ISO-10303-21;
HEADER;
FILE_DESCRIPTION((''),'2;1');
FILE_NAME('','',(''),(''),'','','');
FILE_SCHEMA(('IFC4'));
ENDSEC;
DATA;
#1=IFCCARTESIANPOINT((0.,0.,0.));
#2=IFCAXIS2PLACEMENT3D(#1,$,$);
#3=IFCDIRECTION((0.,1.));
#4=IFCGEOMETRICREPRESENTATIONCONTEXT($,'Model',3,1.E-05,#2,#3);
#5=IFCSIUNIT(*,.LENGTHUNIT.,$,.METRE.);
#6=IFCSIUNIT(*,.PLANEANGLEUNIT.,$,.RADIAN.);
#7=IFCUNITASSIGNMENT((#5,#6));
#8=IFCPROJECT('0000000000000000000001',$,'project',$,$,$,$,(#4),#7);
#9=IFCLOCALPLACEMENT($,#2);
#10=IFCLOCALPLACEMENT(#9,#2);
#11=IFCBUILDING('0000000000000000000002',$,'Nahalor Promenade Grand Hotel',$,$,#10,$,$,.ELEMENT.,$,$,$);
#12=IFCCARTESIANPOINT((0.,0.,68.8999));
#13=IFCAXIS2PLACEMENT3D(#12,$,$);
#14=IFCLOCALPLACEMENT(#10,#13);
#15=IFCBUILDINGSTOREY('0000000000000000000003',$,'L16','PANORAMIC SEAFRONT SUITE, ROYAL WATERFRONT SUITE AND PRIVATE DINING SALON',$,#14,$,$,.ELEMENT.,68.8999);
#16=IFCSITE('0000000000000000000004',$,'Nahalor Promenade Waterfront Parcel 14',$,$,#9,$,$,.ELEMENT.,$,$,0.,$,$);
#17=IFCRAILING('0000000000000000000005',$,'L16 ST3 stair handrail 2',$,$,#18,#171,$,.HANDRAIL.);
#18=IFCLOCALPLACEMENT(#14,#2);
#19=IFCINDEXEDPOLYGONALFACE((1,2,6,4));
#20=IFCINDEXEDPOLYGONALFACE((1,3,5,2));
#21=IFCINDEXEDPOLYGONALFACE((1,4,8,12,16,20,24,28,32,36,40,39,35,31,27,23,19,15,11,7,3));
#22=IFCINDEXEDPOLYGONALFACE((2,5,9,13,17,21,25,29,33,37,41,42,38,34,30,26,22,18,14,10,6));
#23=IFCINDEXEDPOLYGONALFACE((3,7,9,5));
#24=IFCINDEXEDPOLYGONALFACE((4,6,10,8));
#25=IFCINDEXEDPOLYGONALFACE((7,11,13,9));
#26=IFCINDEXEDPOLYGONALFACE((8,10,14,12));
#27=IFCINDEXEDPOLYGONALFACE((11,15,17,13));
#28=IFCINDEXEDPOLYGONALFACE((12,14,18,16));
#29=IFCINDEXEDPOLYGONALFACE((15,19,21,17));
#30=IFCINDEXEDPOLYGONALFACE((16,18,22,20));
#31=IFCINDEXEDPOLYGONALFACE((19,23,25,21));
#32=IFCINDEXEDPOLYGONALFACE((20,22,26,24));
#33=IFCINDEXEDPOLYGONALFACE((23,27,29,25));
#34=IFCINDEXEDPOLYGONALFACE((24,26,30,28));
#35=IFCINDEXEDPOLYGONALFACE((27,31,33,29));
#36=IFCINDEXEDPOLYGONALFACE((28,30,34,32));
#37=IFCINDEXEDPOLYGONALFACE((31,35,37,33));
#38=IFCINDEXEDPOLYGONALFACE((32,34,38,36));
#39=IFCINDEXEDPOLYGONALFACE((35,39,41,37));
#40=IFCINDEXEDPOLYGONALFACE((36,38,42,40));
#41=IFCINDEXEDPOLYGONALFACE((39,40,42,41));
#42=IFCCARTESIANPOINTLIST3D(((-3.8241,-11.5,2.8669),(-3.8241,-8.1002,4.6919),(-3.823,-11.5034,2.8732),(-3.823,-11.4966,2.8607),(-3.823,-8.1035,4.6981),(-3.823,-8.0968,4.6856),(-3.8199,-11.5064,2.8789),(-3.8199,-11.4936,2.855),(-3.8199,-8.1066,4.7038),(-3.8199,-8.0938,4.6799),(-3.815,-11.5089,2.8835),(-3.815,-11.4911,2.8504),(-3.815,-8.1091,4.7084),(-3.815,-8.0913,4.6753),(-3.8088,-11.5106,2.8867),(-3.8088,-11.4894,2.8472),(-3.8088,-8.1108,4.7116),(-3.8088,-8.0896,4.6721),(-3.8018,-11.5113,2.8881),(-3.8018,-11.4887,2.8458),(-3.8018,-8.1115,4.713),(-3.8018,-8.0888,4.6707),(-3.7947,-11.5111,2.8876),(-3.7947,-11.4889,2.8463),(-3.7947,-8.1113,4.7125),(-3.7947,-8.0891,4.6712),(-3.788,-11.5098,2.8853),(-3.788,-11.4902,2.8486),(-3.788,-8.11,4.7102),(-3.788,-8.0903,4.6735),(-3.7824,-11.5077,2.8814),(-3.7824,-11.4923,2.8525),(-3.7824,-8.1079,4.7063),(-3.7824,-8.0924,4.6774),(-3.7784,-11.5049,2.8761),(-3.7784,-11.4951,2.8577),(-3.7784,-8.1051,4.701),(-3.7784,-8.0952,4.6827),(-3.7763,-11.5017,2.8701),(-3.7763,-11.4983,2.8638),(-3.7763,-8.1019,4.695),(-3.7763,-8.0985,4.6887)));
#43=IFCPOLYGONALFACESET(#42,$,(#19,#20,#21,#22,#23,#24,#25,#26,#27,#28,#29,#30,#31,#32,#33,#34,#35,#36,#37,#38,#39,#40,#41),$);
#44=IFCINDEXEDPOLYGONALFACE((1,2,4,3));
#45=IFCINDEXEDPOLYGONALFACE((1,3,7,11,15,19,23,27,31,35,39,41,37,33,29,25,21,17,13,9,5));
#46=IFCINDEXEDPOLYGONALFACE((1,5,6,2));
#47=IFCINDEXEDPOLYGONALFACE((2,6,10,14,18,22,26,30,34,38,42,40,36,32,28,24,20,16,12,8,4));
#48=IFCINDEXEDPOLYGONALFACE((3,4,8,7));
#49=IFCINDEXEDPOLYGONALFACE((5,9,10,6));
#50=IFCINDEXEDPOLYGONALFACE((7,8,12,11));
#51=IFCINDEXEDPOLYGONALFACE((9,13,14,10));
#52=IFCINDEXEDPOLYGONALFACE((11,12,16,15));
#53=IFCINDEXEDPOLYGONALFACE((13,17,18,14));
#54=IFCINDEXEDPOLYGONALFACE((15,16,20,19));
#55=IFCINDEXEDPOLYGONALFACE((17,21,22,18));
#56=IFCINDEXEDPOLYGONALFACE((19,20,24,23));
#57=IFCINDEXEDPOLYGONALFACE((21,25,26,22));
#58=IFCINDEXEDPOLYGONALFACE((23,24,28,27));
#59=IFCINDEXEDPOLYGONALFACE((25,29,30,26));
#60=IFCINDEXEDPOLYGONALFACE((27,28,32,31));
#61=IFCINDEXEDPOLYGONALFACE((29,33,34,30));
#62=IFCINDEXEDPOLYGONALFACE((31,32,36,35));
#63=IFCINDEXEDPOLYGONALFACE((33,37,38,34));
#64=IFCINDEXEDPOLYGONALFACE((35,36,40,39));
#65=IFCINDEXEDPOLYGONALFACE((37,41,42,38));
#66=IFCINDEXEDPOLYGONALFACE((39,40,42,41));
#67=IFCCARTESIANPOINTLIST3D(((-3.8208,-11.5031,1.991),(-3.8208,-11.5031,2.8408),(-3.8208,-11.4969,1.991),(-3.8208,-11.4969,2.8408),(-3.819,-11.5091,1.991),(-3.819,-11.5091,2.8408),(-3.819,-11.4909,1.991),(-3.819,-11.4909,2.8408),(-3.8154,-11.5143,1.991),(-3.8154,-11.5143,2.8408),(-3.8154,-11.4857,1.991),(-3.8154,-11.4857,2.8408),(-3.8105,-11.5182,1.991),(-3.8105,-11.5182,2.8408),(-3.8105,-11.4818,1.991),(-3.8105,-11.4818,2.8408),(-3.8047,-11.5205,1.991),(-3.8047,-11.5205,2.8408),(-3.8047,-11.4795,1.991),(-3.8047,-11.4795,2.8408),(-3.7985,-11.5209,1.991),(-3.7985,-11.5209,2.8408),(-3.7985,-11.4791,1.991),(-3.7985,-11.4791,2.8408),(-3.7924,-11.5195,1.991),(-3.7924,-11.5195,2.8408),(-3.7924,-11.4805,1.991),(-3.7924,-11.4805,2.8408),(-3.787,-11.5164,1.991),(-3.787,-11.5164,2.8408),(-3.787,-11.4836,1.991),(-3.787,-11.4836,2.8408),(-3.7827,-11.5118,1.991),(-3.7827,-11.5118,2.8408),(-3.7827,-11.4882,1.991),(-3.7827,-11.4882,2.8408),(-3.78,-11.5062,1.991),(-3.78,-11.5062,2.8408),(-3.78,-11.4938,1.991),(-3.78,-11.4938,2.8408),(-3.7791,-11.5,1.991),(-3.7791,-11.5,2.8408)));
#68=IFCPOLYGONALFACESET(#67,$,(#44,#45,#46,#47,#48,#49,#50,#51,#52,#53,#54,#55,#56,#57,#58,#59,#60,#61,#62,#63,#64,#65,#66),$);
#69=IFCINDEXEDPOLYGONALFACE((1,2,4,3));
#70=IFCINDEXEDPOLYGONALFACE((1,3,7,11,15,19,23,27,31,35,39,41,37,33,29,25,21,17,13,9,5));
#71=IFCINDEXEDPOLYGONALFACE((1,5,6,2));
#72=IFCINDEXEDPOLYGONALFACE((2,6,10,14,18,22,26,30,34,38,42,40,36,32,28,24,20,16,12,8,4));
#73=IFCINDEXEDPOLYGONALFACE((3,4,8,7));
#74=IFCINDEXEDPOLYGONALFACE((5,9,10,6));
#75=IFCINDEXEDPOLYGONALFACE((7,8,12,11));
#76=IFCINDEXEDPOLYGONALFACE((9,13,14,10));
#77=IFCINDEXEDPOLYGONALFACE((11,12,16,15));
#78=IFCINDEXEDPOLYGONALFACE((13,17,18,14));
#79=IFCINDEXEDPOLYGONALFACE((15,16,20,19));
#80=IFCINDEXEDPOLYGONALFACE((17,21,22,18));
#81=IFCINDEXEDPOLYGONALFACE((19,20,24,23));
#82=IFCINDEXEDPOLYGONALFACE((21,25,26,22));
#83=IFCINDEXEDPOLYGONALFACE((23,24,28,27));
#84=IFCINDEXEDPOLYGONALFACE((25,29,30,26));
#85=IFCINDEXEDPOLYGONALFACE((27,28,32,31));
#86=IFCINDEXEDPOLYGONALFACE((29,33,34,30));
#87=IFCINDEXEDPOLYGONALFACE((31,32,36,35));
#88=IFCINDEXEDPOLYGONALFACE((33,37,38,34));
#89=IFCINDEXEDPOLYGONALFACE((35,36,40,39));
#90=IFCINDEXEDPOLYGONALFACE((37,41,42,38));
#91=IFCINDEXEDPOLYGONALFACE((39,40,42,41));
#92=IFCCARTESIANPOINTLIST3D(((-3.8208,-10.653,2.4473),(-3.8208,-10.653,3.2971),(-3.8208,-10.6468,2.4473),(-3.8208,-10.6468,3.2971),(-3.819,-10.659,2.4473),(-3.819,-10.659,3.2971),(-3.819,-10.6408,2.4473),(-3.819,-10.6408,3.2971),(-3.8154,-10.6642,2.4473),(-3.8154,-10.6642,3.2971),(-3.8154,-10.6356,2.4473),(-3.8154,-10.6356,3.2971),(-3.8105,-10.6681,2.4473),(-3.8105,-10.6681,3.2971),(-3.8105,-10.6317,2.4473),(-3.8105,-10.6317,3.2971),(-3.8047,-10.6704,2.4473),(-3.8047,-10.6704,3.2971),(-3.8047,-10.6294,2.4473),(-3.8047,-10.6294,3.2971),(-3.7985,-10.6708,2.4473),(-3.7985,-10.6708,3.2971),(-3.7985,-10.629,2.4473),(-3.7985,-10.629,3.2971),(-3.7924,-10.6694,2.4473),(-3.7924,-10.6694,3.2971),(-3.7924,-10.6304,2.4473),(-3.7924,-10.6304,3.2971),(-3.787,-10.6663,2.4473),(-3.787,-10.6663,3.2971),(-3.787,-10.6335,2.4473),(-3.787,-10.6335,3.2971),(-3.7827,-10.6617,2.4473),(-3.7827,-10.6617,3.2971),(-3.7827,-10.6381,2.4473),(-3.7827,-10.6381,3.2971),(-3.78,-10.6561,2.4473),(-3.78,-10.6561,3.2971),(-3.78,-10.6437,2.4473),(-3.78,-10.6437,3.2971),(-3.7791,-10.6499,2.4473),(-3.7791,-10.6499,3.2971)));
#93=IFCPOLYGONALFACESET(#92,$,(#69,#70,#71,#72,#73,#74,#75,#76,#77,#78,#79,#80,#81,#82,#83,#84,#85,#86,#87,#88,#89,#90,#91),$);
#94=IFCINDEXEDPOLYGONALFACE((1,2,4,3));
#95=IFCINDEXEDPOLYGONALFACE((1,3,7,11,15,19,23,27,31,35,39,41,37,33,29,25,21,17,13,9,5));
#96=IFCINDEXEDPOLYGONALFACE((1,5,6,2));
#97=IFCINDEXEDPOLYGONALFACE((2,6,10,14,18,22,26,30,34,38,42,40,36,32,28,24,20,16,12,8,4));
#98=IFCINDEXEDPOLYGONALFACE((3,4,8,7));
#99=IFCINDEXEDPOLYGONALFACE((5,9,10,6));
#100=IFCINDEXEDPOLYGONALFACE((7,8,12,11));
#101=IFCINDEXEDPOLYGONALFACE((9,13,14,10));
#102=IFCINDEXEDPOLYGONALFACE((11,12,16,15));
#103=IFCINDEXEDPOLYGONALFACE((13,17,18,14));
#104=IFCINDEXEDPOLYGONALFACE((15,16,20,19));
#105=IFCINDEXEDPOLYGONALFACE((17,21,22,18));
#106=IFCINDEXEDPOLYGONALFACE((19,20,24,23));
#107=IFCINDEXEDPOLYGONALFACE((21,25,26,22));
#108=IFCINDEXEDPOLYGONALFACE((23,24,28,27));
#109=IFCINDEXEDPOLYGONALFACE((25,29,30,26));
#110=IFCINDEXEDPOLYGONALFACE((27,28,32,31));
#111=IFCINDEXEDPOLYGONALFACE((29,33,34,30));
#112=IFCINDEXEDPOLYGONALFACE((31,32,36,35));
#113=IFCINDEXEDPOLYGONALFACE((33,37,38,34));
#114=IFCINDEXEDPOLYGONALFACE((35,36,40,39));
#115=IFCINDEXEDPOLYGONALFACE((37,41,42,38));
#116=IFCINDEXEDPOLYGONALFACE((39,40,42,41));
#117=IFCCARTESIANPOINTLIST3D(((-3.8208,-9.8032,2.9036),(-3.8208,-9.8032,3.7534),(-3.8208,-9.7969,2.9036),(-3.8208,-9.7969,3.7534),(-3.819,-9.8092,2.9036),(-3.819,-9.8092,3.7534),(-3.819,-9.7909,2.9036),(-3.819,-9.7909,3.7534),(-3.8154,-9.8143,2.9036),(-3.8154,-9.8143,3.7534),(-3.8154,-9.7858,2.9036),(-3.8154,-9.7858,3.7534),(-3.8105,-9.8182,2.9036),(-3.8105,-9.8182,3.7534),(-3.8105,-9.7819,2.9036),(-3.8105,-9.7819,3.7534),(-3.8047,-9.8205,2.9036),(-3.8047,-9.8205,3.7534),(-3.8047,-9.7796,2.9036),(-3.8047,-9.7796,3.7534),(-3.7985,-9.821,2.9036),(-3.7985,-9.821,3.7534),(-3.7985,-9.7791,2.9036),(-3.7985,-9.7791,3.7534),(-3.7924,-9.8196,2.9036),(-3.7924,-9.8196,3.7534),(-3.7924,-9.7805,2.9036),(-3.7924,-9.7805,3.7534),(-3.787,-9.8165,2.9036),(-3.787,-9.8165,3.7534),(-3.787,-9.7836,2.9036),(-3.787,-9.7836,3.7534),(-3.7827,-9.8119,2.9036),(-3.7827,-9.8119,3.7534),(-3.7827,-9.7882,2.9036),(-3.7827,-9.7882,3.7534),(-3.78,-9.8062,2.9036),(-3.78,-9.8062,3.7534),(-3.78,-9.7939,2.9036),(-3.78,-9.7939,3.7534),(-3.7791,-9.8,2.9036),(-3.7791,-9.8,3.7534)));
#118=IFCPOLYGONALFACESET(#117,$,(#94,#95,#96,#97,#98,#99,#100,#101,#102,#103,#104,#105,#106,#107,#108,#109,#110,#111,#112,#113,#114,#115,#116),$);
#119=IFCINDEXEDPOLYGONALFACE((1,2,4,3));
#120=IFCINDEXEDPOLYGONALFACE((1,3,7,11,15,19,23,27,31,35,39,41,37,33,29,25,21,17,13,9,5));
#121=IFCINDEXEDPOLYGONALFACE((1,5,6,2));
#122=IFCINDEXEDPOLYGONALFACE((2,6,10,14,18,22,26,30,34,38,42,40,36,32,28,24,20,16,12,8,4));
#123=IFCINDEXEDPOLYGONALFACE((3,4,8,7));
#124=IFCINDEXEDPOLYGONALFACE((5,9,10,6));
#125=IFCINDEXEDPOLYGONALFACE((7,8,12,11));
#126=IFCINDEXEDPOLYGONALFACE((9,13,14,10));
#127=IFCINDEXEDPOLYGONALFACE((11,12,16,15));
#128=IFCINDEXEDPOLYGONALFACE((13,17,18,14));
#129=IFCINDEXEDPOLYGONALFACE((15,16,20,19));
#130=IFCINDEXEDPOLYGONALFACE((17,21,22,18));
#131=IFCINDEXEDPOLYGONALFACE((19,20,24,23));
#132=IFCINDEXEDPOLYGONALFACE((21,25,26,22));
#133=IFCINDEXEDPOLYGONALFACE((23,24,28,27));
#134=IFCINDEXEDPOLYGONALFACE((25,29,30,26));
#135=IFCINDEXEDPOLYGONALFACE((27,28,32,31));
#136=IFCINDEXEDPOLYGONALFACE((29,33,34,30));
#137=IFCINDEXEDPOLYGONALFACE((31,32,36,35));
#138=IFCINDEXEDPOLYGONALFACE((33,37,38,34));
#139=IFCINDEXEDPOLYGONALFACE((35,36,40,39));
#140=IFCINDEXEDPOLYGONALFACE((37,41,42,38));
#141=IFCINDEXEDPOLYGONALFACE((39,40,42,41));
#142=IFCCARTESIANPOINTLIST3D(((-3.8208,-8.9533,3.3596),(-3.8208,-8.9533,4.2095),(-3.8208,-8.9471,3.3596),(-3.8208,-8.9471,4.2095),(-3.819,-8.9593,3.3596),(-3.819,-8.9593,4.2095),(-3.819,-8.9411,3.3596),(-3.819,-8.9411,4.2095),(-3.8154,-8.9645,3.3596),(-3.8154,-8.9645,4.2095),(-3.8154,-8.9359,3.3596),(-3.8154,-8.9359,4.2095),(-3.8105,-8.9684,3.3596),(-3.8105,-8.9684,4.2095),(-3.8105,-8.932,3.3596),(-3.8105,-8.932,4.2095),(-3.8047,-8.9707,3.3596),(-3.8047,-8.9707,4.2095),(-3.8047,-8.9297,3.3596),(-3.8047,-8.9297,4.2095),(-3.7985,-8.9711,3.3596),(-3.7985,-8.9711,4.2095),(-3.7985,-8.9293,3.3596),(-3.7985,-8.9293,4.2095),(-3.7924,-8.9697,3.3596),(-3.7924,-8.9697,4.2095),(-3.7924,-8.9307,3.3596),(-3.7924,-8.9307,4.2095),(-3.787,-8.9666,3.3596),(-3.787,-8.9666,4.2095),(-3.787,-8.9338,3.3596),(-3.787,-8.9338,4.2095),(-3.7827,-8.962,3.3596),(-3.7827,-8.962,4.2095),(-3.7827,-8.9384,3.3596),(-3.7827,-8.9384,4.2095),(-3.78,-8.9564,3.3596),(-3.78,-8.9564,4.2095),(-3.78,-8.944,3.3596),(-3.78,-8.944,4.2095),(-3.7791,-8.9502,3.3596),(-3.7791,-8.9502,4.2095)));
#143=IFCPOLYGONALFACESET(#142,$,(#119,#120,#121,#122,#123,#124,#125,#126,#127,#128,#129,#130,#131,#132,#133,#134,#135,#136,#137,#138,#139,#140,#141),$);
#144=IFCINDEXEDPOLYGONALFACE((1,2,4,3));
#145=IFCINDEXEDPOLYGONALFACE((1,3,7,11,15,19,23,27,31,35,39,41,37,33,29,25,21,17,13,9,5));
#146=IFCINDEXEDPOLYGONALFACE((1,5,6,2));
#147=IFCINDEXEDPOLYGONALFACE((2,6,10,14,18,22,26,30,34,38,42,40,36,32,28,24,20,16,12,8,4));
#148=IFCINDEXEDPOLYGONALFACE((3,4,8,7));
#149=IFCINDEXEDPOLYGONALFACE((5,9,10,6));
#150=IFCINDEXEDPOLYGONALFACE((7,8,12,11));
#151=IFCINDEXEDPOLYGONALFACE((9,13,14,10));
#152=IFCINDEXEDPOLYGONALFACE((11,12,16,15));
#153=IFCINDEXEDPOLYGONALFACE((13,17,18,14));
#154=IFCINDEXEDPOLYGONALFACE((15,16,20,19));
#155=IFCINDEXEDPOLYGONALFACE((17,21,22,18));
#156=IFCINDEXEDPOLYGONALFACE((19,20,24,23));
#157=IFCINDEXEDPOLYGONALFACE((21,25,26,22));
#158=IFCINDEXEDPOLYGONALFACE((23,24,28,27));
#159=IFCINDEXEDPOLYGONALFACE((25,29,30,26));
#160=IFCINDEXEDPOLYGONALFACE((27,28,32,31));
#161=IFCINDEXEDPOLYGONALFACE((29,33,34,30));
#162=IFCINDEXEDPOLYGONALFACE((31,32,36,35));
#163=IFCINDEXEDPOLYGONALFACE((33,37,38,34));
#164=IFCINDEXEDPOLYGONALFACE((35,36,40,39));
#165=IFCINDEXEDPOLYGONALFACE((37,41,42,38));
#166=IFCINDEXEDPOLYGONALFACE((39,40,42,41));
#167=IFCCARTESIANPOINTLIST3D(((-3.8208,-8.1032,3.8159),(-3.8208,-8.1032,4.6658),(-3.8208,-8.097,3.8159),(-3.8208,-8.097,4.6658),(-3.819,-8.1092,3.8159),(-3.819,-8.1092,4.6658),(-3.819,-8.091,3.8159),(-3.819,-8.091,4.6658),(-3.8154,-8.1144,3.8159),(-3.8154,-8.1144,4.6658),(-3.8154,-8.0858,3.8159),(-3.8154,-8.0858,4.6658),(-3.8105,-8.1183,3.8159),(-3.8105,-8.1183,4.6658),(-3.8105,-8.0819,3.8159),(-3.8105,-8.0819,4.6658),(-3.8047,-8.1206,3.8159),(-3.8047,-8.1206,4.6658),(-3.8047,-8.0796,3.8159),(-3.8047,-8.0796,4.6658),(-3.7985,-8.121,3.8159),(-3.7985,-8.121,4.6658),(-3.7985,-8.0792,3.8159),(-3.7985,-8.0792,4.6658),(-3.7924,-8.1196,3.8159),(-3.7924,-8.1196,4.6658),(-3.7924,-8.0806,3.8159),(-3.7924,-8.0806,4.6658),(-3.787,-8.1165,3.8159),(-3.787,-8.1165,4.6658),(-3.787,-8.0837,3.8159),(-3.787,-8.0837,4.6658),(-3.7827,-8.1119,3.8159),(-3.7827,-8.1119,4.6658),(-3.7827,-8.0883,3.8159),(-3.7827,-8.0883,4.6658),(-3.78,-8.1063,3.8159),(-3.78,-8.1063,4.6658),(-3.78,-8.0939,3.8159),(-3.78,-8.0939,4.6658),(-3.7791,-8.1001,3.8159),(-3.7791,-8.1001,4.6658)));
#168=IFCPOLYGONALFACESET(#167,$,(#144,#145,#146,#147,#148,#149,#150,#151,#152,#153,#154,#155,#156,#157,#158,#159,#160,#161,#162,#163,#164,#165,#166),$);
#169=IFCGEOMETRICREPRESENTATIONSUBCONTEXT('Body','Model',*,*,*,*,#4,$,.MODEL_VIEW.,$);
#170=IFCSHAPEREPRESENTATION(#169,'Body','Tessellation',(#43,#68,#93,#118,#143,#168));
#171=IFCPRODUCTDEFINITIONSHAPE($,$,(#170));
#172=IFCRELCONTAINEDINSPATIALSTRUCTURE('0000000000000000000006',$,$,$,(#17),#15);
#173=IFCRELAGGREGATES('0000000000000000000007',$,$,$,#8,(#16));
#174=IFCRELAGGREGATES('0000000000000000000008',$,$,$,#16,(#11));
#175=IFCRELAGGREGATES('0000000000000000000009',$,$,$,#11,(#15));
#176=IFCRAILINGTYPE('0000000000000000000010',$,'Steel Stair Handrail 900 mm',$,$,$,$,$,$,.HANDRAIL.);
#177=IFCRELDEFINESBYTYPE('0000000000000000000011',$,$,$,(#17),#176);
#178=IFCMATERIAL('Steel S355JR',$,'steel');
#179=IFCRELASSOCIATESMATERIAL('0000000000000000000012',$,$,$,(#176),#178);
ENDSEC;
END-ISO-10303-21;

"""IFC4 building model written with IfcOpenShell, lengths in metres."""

from ifc_helpers import new_model, si_unit, direction, frame, origin, origin_2d, place, context, subcontext, project, spatial, circle, extrude, material, type_object, element, save


model = new_model("IFC4")

# Units and contexts
model_context = context("Model", 3, precision=1e-05, world=origin(), true_north=direction((0.0, 1.0)))
body_context = subcontext(model_context, "Body", "Model", "MODEL_VIEW")
ifc_project = project(units=[si_unit("LENGTHUNIT", "METRE"), si_unit("PLANEANGLEUNIT", "RADIAN")], contexts=[model_context])

# Site, building, storey
site_placement = place(None, origin())
site = spatial("IfcSite", under=ifc_project, at=site_placement, Name="Nahalor Promenade Waterfront Parcel 14", CompositionType="ELEMENT", RefElevation=0.0)
building_placement = place(site_placement, origin())
building = spatial("IfcBuilding", under=site, at=building_placement, Name="Nahalor Promenade Grand Hotel", CompositionType="ELEMENT")
storey_placement = place(building_placement, frame((0.0, 0.0, 68.8999)))
storey = spatial("IfcBuildingStorey", under=building, at=storey_placement, Name="L16", Description="PANORAMIC SEAFRONT SUITE, ROYAL WATERFRONT SUITE AND PRIVATE DINING SALON", CompositionType="ELEMENT", Elevation=68.8999)

# Shared definitions
ifc_material_1 = material(Name="Steel S355JR", Category="steel")

# Railing
railing_type_1 = type_object("IfcRailingType", Name="Steel Stair Handrail 900 mm", PredefinedType="HANDRAIL", material=ifc_material_1)
railing_1_placement = place(storey_placement, frame((-3.8, -11.5, 1.991)))
element("IfcRailing", 1, at=railing_1_placement, inside=storey, type_object=railing_type_1, Name="L16 ST3 stair handrail 2", PredefinedType="HANDRAIL", context=body_context, shape_type="SweptSolid", body=[
    extrude(circle(Radius=0.024, at=origin_2d()), frame((0.0, 0.0, 0.876), z_axis=(0.0, 0.881094, 0.472941), x_axis=(-1.0, 0.0, 0.0)), (0.0, 0.0, 1.0), 3.8586),
    extrude(circle(Radius=0.021, at=origin_2d()), origin(), (0.0, 0.0, 1.0), 0.8499),
    extrude(circle(Radius=0.021, at=origin_2d()), frame((0.0, 0.8501, 0.4563)), (0.0, 0.0, 1.0), 0.8499),
    extrude(circle(Radius=0.021, at=origin_2d()), frame((0.0, 1.7, 0.9126)), (0.0, 0.0, 1.0), 0.8499),
    extrude(circle(Radius=0.021, at=origin_2d()), frame((0.0, 2.5498, 1.3687)), (0.0, 0.0, 1.0), 0.8499),
    extrude(circle(Radius=0.021, at=origin_2d()), frame((0.0, 3.3999, 1.825)), (0.0, 0.0, 1.0), 0.8499),
])

save(model, "model.ifc")
